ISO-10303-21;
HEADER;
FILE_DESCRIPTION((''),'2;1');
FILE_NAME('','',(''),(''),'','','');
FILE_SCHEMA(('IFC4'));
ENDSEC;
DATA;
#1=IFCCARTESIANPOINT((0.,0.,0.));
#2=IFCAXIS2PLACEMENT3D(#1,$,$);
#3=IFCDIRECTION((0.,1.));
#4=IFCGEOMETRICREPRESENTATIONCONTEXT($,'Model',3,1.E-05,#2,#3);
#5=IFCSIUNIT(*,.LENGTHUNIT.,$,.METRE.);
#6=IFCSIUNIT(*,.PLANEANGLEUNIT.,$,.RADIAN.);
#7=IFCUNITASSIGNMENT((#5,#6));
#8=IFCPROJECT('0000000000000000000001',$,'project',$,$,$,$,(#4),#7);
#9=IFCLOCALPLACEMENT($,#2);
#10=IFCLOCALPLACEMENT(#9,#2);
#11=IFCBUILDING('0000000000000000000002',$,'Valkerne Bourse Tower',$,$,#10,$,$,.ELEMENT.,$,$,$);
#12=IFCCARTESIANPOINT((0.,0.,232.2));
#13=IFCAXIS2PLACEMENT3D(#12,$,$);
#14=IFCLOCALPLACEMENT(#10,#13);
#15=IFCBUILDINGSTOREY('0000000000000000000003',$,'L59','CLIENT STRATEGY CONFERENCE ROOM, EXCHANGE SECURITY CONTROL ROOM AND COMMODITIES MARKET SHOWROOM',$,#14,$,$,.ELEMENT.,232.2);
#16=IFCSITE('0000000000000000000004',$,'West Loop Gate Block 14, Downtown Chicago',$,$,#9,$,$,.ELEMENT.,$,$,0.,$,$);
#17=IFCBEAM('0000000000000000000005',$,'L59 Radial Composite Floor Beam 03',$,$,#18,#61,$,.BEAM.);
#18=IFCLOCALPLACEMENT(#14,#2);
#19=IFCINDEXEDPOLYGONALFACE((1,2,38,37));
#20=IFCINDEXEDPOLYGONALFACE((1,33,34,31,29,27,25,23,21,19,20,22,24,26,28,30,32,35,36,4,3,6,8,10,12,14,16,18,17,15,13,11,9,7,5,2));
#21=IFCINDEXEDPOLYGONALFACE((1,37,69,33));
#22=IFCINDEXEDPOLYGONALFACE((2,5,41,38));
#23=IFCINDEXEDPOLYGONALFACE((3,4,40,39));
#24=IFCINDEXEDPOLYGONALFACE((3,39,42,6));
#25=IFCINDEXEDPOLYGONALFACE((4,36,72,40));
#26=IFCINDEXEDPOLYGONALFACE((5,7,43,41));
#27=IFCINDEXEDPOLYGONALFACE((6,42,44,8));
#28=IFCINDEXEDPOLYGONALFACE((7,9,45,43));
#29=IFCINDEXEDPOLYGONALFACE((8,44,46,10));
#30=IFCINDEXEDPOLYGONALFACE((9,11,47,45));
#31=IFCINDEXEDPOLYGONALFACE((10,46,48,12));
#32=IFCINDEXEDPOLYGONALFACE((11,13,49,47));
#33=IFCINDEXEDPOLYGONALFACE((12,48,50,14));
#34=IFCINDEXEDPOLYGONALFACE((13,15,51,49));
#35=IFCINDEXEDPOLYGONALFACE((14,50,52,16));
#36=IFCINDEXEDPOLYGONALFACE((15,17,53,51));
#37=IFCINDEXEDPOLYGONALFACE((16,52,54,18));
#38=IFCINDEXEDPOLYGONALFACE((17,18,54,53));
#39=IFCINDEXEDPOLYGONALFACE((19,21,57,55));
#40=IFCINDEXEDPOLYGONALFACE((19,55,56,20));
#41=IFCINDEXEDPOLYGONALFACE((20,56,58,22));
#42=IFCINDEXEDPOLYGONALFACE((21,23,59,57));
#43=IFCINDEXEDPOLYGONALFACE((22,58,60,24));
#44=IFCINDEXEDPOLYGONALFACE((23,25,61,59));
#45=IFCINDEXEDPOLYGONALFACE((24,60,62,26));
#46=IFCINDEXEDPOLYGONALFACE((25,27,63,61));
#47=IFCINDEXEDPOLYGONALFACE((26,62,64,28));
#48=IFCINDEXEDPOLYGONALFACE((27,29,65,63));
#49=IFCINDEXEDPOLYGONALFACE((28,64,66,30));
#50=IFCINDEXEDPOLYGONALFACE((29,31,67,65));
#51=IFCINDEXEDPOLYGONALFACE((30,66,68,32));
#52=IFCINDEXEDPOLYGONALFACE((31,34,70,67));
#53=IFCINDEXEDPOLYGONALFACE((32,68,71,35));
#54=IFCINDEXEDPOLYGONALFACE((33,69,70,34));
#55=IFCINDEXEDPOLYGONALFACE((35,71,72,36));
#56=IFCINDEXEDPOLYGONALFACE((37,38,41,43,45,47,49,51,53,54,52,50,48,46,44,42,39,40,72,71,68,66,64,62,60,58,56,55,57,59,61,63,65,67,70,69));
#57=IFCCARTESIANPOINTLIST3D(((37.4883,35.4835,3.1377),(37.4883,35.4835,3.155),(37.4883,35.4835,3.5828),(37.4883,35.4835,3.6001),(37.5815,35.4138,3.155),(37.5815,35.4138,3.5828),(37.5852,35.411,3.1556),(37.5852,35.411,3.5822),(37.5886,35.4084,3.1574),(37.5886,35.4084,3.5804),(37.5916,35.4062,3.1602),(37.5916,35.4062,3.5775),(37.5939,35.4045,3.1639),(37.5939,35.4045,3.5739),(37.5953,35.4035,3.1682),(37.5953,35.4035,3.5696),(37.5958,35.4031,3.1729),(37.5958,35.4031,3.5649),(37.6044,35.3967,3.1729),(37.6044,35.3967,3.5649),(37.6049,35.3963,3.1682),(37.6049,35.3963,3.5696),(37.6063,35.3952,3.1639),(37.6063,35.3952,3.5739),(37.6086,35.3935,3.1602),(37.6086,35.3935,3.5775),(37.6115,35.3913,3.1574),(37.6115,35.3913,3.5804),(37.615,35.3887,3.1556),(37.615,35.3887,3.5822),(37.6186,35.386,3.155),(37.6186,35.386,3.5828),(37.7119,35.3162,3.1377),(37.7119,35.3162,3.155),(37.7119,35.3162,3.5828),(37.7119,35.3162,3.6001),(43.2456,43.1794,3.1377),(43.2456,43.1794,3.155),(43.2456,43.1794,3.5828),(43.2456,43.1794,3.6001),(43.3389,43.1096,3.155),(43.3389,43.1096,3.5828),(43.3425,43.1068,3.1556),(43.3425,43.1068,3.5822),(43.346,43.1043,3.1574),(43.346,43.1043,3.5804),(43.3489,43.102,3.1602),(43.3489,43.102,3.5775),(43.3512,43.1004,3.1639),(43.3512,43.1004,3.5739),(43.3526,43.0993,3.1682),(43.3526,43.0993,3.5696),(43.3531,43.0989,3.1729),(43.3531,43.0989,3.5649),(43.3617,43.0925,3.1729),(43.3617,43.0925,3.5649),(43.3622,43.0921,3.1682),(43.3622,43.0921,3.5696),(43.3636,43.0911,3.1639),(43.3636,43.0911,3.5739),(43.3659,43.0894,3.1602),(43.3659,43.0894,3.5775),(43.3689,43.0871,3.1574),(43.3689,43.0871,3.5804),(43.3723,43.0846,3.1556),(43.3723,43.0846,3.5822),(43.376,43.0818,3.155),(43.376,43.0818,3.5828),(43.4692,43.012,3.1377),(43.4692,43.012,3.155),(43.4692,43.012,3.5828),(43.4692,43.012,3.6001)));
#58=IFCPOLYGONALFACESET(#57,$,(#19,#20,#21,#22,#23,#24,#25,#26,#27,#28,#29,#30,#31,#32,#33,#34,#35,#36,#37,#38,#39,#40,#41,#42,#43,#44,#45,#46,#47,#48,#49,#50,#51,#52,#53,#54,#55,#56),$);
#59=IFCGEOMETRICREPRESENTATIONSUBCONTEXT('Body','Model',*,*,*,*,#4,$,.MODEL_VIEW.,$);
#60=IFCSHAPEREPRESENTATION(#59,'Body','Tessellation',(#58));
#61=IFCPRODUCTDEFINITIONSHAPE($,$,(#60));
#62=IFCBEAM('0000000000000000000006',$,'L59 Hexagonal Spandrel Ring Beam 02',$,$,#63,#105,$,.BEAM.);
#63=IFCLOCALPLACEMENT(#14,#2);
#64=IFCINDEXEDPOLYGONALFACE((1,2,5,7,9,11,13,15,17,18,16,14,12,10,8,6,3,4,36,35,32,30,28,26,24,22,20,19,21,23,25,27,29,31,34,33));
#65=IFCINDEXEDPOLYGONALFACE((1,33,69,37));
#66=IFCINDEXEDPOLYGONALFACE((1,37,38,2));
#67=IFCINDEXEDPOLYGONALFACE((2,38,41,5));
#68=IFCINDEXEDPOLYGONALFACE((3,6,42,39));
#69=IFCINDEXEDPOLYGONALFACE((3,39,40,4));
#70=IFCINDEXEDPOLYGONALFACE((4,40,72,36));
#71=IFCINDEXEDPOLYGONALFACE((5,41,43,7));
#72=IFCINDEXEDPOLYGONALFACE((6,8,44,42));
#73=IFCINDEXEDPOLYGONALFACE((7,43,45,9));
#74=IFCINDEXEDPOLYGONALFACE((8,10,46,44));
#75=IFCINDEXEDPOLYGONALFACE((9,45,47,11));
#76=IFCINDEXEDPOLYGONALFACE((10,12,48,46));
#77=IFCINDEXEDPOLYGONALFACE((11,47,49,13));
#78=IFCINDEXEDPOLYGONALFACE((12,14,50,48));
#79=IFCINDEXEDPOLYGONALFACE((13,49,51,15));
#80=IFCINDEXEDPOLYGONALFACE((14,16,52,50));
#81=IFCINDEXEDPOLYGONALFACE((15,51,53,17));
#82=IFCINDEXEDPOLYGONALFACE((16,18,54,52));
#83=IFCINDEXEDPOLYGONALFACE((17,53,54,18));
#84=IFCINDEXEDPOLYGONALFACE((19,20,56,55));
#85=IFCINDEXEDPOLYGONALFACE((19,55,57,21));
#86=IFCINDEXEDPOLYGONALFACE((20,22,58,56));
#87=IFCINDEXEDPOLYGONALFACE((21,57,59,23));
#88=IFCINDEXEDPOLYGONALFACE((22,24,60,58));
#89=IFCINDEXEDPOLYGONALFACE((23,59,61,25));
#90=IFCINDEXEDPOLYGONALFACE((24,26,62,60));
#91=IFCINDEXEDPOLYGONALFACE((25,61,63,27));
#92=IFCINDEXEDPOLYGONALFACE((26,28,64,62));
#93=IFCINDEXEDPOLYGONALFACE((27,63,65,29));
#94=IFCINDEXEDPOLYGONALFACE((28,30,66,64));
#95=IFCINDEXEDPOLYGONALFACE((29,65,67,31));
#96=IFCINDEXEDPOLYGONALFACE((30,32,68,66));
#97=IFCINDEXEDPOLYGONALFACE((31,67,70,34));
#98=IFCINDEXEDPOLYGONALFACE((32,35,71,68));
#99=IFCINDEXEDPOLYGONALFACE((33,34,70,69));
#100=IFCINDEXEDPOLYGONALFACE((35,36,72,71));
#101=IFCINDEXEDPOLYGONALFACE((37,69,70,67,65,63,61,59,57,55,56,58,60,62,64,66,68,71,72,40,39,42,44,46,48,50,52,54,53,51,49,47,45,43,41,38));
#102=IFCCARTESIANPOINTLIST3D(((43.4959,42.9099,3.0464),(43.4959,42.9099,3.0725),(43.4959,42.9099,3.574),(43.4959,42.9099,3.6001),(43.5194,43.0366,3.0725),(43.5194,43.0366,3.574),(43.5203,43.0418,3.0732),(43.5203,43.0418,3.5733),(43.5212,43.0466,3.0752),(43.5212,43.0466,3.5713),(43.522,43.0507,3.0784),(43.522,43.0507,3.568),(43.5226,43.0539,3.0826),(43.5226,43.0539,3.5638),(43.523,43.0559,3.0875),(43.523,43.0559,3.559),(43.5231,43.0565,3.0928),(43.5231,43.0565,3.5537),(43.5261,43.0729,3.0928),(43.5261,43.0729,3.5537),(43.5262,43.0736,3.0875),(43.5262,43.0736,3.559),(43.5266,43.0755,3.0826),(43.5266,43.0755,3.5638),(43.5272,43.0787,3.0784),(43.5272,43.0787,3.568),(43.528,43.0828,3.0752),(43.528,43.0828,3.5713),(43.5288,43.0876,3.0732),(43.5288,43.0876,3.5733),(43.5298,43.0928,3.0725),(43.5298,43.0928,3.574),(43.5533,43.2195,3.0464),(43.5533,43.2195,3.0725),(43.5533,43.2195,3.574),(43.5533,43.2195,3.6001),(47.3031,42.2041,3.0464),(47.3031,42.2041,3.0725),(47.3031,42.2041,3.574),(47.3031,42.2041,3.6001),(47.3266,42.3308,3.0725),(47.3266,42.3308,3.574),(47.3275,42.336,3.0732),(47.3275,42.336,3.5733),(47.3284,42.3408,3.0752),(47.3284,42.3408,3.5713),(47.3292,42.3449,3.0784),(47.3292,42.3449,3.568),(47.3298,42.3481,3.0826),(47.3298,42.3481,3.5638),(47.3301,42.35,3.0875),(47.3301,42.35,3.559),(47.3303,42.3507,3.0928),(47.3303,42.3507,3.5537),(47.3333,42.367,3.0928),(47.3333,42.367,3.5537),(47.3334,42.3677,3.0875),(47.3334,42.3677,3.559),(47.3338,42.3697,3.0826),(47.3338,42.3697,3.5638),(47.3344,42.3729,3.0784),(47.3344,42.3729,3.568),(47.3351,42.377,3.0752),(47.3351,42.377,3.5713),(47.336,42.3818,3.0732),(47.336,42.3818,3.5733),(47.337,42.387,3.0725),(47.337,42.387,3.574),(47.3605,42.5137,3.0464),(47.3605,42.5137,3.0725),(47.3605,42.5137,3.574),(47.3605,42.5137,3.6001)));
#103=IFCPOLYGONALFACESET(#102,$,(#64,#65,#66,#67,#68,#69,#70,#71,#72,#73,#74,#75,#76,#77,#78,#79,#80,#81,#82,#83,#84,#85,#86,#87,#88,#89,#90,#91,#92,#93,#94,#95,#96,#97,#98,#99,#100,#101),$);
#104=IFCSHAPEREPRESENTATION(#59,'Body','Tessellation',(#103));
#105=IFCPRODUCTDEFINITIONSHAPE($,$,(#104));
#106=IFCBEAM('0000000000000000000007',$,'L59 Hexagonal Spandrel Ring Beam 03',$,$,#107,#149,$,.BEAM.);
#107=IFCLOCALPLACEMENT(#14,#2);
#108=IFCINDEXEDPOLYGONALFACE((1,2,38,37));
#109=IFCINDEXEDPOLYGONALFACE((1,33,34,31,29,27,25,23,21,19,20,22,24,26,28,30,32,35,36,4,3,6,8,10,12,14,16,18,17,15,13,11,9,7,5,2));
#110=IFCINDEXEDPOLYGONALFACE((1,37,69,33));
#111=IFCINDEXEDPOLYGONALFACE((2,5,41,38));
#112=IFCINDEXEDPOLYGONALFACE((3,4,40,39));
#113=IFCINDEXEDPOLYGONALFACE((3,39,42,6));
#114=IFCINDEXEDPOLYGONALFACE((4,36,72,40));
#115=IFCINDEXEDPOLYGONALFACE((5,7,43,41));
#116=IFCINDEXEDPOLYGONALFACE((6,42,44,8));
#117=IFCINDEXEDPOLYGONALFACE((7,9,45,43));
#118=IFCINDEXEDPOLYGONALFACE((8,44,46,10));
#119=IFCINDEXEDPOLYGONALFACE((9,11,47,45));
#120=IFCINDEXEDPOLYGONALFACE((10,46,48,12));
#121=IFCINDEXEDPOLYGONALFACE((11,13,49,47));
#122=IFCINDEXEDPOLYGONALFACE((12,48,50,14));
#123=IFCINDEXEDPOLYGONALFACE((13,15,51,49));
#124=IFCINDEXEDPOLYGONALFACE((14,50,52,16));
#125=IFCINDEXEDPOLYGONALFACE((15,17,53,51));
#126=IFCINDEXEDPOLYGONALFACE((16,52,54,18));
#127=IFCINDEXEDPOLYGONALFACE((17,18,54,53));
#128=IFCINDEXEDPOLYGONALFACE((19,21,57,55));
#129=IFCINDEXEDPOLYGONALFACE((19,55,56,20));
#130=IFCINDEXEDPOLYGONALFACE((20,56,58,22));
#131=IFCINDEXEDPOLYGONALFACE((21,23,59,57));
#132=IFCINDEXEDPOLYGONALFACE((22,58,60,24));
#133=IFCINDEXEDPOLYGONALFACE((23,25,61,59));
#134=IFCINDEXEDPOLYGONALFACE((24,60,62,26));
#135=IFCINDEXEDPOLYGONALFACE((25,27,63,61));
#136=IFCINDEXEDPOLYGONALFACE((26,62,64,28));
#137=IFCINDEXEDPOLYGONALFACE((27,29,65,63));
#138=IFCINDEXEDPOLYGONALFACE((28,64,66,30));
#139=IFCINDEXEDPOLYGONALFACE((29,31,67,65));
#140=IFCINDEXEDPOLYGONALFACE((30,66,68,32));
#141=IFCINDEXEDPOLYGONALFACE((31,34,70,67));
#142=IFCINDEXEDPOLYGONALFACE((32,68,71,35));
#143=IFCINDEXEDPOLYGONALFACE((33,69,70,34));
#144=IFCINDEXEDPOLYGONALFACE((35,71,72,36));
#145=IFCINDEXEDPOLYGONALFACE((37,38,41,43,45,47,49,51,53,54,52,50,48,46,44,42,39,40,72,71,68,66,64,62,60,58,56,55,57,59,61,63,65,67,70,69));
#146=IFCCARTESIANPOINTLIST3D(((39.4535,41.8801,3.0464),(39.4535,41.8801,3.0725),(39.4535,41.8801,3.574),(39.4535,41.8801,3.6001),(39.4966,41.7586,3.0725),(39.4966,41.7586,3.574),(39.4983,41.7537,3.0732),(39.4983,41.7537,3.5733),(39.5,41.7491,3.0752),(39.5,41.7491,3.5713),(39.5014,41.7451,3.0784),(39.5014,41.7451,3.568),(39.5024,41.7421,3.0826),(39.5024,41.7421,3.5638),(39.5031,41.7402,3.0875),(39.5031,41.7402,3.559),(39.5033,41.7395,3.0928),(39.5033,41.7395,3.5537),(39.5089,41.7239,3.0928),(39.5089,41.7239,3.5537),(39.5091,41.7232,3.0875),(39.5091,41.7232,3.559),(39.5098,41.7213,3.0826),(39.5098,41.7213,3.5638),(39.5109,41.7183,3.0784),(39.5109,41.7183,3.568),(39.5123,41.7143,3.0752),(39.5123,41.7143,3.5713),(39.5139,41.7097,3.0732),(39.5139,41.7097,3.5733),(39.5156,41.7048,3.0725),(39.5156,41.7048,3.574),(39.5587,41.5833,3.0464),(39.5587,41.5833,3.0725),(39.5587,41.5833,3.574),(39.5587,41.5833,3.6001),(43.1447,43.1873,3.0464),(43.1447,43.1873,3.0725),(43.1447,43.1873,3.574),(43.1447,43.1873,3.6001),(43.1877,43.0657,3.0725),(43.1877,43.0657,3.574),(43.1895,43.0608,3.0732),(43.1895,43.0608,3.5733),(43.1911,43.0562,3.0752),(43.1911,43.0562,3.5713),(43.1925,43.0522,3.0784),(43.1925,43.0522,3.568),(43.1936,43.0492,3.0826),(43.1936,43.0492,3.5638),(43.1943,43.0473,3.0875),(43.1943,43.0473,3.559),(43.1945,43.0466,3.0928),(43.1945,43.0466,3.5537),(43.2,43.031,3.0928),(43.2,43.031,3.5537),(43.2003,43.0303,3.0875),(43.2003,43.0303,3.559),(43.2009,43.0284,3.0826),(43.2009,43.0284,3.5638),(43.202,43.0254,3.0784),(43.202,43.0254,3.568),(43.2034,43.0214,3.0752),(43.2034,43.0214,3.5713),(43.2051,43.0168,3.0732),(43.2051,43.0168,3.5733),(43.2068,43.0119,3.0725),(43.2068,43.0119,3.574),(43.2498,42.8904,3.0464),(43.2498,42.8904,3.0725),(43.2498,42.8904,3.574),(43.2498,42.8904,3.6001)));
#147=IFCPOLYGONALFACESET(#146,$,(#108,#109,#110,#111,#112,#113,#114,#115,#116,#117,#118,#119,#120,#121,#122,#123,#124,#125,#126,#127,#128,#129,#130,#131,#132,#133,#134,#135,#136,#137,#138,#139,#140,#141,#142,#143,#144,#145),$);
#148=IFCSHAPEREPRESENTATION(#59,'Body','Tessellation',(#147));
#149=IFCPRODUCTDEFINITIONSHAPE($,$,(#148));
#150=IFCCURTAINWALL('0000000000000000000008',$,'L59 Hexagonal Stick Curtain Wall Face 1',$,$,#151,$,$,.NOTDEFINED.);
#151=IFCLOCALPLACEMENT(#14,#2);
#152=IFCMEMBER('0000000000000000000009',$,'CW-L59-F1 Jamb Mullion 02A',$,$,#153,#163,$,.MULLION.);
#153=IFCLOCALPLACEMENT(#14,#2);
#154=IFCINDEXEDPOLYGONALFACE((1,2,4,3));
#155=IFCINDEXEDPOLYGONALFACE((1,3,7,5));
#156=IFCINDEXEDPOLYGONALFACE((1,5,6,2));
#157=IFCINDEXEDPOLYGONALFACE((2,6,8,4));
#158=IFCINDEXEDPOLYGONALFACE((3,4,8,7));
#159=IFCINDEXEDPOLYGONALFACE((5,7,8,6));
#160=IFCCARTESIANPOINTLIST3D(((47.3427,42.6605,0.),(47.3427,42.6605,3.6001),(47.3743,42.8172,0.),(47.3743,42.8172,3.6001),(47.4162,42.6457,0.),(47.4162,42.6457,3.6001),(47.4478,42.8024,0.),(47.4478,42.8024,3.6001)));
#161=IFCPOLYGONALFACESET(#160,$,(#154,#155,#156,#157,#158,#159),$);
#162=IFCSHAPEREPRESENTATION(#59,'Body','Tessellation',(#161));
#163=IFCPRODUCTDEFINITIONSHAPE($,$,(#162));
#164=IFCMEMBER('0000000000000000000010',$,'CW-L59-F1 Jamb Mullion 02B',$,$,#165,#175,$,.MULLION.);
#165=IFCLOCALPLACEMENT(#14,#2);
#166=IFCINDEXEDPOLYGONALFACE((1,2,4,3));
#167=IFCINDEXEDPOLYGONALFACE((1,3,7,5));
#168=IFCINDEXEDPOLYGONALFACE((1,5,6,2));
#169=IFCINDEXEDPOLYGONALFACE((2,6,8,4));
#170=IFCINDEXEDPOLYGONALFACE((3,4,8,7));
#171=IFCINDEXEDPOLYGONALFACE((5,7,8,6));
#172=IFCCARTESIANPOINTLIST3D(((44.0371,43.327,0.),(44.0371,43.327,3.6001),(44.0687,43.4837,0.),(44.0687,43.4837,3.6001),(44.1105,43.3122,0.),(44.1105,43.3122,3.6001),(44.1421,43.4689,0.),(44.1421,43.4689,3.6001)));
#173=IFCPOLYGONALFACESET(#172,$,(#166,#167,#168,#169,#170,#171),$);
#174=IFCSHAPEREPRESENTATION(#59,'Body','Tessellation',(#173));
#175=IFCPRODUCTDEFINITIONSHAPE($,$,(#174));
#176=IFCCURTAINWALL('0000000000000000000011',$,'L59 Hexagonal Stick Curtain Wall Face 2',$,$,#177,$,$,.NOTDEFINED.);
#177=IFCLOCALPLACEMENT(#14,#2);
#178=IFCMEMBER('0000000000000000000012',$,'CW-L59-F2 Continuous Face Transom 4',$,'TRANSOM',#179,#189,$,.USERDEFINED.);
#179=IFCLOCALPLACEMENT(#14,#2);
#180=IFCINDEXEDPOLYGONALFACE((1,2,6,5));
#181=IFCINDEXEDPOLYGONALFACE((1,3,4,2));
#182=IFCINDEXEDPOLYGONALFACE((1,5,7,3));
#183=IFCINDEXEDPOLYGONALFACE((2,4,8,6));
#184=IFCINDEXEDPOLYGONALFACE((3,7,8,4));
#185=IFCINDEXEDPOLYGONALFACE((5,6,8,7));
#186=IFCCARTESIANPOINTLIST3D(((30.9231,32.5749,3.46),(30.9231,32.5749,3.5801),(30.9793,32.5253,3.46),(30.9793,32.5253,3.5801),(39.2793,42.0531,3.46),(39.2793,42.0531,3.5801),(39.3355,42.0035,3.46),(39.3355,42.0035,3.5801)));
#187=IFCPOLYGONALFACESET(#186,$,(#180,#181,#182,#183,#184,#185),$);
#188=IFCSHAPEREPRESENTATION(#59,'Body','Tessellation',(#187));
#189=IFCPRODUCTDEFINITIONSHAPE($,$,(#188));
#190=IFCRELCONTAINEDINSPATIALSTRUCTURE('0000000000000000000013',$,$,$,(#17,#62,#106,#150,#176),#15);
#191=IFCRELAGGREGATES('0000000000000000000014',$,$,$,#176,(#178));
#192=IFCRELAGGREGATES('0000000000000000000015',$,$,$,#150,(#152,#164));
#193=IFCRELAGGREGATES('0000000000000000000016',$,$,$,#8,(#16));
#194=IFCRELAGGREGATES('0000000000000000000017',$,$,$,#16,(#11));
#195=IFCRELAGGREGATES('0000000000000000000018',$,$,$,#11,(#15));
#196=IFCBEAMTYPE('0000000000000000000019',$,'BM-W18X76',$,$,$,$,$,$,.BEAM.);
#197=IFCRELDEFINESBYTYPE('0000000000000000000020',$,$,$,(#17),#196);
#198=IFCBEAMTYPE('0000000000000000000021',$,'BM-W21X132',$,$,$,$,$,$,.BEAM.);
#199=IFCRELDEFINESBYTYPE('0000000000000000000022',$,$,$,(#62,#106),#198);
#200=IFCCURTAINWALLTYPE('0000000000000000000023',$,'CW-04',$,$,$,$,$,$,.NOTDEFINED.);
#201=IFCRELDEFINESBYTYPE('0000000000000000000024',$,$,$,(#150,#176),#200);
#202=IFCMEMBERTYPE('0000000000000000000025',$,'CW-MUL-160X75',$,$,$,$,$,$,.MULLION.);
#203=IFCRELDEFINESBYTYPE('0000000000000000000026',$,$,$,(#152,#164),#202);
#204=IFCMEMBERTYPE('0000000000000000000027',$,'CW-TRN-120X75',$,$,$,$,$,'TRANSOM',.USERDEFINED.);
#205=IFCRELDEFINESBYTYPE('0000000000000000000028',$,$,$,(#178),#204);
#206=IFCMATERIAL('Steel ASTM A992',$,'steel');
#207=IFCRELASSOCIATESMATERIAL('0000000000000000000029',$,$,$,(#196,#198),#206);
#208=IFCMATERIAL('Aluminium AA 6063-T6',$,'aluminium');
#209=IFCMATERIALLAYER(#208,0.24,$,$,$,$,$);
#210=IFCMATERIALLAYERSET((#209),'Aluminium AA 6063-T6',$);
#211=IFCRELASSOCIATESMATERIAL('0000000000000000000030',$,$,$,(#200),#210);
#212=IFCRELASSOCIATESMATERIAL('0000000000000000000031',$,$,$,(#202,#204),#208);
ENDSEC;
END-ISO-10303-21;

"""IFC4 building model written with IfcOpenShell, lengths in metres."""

from ifc_helpers import new_model, si_unit, direction, frame, origin, origin_2d, place, context, subcontext, project, spatial, rectangle, i_section, extrude, material, layer, layer_set, material_profile, profile_set, type_object, element, aggregate, save


model = new_model("IFC4")

# Units and contexts
model_context = context("Model", 3, precision=1e-05, world=origin(), true_north=direction((0.0, 1.0)))
body_context = subcontext(model_context, "Body", "Model", "MODEL_VIEW")
ifc_project = project(units=[si_unit("LENGTHUNIT", "METRE"), si_unit("PLANEANGLEUNIT", "RADIAN")], contexts=[model_context])

# Site, building, storey
site_placement = place(None, origin())
site = spatial("IfcSite", under=ifc_project, at=site_placement, Name="West Loop Gate Block 14, Downtown Chicago", CompositionType="ELEMENT", RefElevation=0.0)
building_placement = place(site_placement, origin())
building = spatial("IfcBuilding", under=site, at=building_placement, Name="Valkerne Bourse Tower", CompositionType="ELEMENT")
storey_placement = place(building_placement, frame((0.0, 0.0, 232.2)))
storey = spatial("IfcBuildingStorey", under=building, at=storey_placement, Name="L59", Description="CLIENT STRATEGY CONFERENCE ROOM, EXCHANGE SECURITY CONTROL ROOM AND COMMODITIES MARKET SHOWROOM", CompositionType="ELEMENT", Elevation=232.2)

# Beams
ifc_material_1 = material(Name="Steel ASTM A992", Category="steel")
ifc_material_profile_1 = material_profile(ifc_material_1, i_section(OverallWidth=0.2793, OverallDepth=0.4624, WebThickness=0.0107, FlangeThickness=0.0173, FilletRadius=0.0178, at=origin_2d()), Name="W18X76")
ifc_profile_set_1 = profile_set([ifc_material_profile_1], Name="Steel ASTM A992")
beam_type_1 = type_object("IfcBeamType", Name="BM-W18X76", PredefinedType="BEAM", material=ifc_profile_set_1)
beam_1_placement = place(storey_placement, frame((43.3574, 43.0957, 3.3689), z_axis=(-0.599032, -0.800725, 0.0), x_axis=(0.800725, -0.599032, 0.0)))
element("IfcBeam", 1, at=beam_1_placement, inside=storey, type_object=beam_type_1, Name="L59 Radial Composite Floor Beam 03", PredefinedType="BEAM", context=body_context, shape_type="SweptSolid", body=[
    extrude(i_section(OverallWidth=0.2793, OverallDepth=0.4624, WebThickness=0.0107, FlangeThickness=0.0173, FilletRadius=0.0178, at=origin_2d()), origin(), (0.0, 0.0, 1.0), 9.6111),
])
ifc_material_profile_2 = material_profile(ifc_material_1, i_section(OverallWidth=0.3149, OverallDepth=0.5537, WebThickness=0.0166, FlangeThickness=0.0261, FilletRadius=0.0203, at=origin_2d()), Name="W21X132")
ifc_profile_set_2 = profile_set([ifc_material_profile_2], Name="Steel ASTM A992")
beam_type_2 = type_object("IfcBeamType", Name="BM-W21X132", PredefinedType="BEAM", material=ifc_profile_set_2)
beam_2_placement = place(storey_placement, frame((47.3318, 42.3589, 3.3232), z_axis=(-0.983246, 0.182286, 0.0), x_axis=(-0.182286, -0.983246, 0.0)))
element("IfcBeam", 2, at=beam_2_placement, inside=storey, type_object=beam_type_2, Name="L59 Hexagonal Spandrel Ring Beam 02", PredefinedType="BEAM", context=body_context, shape_type="SweptSolid", body=[
    extrude(i_section(OverallWidth=0.3149, OverallDepth=0.5537, WebThickness=0.0166, FlangeThickness=0.0261, FilletRadius=0.0203, at=origin_2d()), origin(), (0.0, 0.0, 1.0), 3.8721),
])
beam_3_placement = place(storey_placement, frame((43.1973, 43.0388, 3.3232), z_axis=(-0.94264, -0.333811, 0.0), x_axis=(0.333811, -0.94264, 0.0)))
element("IfcBeam", 3, at=beam_3_placement, inside=storey, type_object=beam_type_2, Name="L59 Hexagonal Spandrel Ring Beam 03", PredefinedType="BEAM", context=body_context, shape_type="SweptSolid", body=[
    extrude(i_section(OverallWidth=0.3149, OverallDepth=0.5537, WebThickness=0.0166, FlangeThickness=0.0261, FilletRadius=0.0203, at=origin_2d()), origin(), (0.0, 0.0, 1.0), 3.9158),
])

# Curtain wall, members
ifc_material_2 = material(Name="Aluminium AA 6063-T6", Category="aluminium")
ifc_layer_1 = layer(ifc_material_2, 0.24)
ifc_layer_set_1 = layer_set([ifc_layer_1], Name="Aluminium AA 6063-T6")
curtain_wall_type = type_object("IfcCurtainWallType", Name="CW-04", PredefinedType="NOTDEFINED", material=ifc_layer_set_1)
curtain_wall_1_placement = place(storey_placement, origin())
curtain_wall_1 = element("IfcCurtainWall", 4, at=curtain_wall_1_placement, inside=storey, type_object=curtain_wall_type, Name="L59 Hexagonal Stick Curtain Wall Face 1", PredefinedType="NOTDEFINED")
ifc_material_profile_3 = material_profile(ifc_material_2, rectangle(XDim=0.075, YDim=0.1599, at=origin_2d()), Name="CWM-75X160")
ifc_profile_set_3 = profile_set([ifc_material_profile_3], Name="Aluminium AA 6063-T6")
member_type_1 = type_object("IfcMemberType", Name="CW-MUL-160X75", PredefinedType="MULLION", material=ifc_profile_set_3)
member_1_placement = place(storey_placement, frame((47.3953, 42.7314, 0.0), z_axis=(0.0, 0.0, 1.0), x_axis=(-0.980273, 0.19765, 0.0)))
member_1 = element("IfcMember", 5, at=member_1_placement, type_object=member_type_1, Name="CW-L59-F1 Jamb Mullion 02A", PredefinedType="MULLION", context=body_context, shape_type="SweptSolid", body=[
    extrude(rectangle(XDim=0.075, YDim=0.1599, at=origin_2d()), origin(), (0.0, 0.0, 1.0), 3.6001),
])
member_2_placement = place(storey_placement, frame((44.0896, 43.3979, 0.0), z_axis=(0.0, 0.0, 1.0), x_axis=(-0.980273, 0.19765, 0.0)))
member_2 = element("IfcMember", 6, at=member_2_placement, type_object=member_type_1, Name="CW-L59-F1 Jamb Mullion 02B", PredefinedType="MULLION", context=body_context, shape_type="SweptSolid", body=[
    extrude(rectangle(XDim=0.075, YDim=0.1599, at=origin_2d()), origin(), (0.0, 0.0, 1.0), 3.6001),
])

# Curtain wall, member
curtain_wall_2_placement = place(storey_placement, origin())
curtain_wall_2 = element("IfcCurtainWall", 7, at=curtain_wall_2_placement, inside=storey, type_object=curtain_wall_type, Name="L59 Hexagonal Stick Curtain Wall Face 2", PredefinedType="NOTDEFINED")
ifc_material_profile_4 = material_profile(ifc_material_2, rectangle(XDim=0.075, YDim=0.1201, at=origin_2d()), Name="CWT-75X120")
ifc_profile_set_4 = profile_set([ifc_material_profile_4], Name="Aluminium AA 6063-T6")
member_type_2 = type_object("IfcMemberType", Name="CW-TRN-120X75", ElementType="TRANSOM", PredefinedType="USERDEFINED", material=ifc_profile_set_4)
member_3_placement = place(storey_placement, frame((39.3074, 42.0283, 3.52), z_axis=(-0.661311, -0.750112, 0.0), x_axis=(0.750112, -0.661311, 0.0)))
member_3 = element("IfcMember", 8, at=member_3_placement, type_object=member_type_2, Name="CW-L59-F2 Continuous Face Transom 4", ObjectType="TRANSOM", PredefinedType="USERDEFINED", context=body_context, shape_type="SweptSolid", body=[
    extrude(rectangle(XDim=0.075, YDim=0.1201, at=origin_2d()), origin(), (0.0, 0.0, 1.0), 12.6357),
])
aggregate(curtain_wall_2, [member_3])

aggregate(curtain_wall_1, [member_1, member_2])

save(model, "model.ifc")
